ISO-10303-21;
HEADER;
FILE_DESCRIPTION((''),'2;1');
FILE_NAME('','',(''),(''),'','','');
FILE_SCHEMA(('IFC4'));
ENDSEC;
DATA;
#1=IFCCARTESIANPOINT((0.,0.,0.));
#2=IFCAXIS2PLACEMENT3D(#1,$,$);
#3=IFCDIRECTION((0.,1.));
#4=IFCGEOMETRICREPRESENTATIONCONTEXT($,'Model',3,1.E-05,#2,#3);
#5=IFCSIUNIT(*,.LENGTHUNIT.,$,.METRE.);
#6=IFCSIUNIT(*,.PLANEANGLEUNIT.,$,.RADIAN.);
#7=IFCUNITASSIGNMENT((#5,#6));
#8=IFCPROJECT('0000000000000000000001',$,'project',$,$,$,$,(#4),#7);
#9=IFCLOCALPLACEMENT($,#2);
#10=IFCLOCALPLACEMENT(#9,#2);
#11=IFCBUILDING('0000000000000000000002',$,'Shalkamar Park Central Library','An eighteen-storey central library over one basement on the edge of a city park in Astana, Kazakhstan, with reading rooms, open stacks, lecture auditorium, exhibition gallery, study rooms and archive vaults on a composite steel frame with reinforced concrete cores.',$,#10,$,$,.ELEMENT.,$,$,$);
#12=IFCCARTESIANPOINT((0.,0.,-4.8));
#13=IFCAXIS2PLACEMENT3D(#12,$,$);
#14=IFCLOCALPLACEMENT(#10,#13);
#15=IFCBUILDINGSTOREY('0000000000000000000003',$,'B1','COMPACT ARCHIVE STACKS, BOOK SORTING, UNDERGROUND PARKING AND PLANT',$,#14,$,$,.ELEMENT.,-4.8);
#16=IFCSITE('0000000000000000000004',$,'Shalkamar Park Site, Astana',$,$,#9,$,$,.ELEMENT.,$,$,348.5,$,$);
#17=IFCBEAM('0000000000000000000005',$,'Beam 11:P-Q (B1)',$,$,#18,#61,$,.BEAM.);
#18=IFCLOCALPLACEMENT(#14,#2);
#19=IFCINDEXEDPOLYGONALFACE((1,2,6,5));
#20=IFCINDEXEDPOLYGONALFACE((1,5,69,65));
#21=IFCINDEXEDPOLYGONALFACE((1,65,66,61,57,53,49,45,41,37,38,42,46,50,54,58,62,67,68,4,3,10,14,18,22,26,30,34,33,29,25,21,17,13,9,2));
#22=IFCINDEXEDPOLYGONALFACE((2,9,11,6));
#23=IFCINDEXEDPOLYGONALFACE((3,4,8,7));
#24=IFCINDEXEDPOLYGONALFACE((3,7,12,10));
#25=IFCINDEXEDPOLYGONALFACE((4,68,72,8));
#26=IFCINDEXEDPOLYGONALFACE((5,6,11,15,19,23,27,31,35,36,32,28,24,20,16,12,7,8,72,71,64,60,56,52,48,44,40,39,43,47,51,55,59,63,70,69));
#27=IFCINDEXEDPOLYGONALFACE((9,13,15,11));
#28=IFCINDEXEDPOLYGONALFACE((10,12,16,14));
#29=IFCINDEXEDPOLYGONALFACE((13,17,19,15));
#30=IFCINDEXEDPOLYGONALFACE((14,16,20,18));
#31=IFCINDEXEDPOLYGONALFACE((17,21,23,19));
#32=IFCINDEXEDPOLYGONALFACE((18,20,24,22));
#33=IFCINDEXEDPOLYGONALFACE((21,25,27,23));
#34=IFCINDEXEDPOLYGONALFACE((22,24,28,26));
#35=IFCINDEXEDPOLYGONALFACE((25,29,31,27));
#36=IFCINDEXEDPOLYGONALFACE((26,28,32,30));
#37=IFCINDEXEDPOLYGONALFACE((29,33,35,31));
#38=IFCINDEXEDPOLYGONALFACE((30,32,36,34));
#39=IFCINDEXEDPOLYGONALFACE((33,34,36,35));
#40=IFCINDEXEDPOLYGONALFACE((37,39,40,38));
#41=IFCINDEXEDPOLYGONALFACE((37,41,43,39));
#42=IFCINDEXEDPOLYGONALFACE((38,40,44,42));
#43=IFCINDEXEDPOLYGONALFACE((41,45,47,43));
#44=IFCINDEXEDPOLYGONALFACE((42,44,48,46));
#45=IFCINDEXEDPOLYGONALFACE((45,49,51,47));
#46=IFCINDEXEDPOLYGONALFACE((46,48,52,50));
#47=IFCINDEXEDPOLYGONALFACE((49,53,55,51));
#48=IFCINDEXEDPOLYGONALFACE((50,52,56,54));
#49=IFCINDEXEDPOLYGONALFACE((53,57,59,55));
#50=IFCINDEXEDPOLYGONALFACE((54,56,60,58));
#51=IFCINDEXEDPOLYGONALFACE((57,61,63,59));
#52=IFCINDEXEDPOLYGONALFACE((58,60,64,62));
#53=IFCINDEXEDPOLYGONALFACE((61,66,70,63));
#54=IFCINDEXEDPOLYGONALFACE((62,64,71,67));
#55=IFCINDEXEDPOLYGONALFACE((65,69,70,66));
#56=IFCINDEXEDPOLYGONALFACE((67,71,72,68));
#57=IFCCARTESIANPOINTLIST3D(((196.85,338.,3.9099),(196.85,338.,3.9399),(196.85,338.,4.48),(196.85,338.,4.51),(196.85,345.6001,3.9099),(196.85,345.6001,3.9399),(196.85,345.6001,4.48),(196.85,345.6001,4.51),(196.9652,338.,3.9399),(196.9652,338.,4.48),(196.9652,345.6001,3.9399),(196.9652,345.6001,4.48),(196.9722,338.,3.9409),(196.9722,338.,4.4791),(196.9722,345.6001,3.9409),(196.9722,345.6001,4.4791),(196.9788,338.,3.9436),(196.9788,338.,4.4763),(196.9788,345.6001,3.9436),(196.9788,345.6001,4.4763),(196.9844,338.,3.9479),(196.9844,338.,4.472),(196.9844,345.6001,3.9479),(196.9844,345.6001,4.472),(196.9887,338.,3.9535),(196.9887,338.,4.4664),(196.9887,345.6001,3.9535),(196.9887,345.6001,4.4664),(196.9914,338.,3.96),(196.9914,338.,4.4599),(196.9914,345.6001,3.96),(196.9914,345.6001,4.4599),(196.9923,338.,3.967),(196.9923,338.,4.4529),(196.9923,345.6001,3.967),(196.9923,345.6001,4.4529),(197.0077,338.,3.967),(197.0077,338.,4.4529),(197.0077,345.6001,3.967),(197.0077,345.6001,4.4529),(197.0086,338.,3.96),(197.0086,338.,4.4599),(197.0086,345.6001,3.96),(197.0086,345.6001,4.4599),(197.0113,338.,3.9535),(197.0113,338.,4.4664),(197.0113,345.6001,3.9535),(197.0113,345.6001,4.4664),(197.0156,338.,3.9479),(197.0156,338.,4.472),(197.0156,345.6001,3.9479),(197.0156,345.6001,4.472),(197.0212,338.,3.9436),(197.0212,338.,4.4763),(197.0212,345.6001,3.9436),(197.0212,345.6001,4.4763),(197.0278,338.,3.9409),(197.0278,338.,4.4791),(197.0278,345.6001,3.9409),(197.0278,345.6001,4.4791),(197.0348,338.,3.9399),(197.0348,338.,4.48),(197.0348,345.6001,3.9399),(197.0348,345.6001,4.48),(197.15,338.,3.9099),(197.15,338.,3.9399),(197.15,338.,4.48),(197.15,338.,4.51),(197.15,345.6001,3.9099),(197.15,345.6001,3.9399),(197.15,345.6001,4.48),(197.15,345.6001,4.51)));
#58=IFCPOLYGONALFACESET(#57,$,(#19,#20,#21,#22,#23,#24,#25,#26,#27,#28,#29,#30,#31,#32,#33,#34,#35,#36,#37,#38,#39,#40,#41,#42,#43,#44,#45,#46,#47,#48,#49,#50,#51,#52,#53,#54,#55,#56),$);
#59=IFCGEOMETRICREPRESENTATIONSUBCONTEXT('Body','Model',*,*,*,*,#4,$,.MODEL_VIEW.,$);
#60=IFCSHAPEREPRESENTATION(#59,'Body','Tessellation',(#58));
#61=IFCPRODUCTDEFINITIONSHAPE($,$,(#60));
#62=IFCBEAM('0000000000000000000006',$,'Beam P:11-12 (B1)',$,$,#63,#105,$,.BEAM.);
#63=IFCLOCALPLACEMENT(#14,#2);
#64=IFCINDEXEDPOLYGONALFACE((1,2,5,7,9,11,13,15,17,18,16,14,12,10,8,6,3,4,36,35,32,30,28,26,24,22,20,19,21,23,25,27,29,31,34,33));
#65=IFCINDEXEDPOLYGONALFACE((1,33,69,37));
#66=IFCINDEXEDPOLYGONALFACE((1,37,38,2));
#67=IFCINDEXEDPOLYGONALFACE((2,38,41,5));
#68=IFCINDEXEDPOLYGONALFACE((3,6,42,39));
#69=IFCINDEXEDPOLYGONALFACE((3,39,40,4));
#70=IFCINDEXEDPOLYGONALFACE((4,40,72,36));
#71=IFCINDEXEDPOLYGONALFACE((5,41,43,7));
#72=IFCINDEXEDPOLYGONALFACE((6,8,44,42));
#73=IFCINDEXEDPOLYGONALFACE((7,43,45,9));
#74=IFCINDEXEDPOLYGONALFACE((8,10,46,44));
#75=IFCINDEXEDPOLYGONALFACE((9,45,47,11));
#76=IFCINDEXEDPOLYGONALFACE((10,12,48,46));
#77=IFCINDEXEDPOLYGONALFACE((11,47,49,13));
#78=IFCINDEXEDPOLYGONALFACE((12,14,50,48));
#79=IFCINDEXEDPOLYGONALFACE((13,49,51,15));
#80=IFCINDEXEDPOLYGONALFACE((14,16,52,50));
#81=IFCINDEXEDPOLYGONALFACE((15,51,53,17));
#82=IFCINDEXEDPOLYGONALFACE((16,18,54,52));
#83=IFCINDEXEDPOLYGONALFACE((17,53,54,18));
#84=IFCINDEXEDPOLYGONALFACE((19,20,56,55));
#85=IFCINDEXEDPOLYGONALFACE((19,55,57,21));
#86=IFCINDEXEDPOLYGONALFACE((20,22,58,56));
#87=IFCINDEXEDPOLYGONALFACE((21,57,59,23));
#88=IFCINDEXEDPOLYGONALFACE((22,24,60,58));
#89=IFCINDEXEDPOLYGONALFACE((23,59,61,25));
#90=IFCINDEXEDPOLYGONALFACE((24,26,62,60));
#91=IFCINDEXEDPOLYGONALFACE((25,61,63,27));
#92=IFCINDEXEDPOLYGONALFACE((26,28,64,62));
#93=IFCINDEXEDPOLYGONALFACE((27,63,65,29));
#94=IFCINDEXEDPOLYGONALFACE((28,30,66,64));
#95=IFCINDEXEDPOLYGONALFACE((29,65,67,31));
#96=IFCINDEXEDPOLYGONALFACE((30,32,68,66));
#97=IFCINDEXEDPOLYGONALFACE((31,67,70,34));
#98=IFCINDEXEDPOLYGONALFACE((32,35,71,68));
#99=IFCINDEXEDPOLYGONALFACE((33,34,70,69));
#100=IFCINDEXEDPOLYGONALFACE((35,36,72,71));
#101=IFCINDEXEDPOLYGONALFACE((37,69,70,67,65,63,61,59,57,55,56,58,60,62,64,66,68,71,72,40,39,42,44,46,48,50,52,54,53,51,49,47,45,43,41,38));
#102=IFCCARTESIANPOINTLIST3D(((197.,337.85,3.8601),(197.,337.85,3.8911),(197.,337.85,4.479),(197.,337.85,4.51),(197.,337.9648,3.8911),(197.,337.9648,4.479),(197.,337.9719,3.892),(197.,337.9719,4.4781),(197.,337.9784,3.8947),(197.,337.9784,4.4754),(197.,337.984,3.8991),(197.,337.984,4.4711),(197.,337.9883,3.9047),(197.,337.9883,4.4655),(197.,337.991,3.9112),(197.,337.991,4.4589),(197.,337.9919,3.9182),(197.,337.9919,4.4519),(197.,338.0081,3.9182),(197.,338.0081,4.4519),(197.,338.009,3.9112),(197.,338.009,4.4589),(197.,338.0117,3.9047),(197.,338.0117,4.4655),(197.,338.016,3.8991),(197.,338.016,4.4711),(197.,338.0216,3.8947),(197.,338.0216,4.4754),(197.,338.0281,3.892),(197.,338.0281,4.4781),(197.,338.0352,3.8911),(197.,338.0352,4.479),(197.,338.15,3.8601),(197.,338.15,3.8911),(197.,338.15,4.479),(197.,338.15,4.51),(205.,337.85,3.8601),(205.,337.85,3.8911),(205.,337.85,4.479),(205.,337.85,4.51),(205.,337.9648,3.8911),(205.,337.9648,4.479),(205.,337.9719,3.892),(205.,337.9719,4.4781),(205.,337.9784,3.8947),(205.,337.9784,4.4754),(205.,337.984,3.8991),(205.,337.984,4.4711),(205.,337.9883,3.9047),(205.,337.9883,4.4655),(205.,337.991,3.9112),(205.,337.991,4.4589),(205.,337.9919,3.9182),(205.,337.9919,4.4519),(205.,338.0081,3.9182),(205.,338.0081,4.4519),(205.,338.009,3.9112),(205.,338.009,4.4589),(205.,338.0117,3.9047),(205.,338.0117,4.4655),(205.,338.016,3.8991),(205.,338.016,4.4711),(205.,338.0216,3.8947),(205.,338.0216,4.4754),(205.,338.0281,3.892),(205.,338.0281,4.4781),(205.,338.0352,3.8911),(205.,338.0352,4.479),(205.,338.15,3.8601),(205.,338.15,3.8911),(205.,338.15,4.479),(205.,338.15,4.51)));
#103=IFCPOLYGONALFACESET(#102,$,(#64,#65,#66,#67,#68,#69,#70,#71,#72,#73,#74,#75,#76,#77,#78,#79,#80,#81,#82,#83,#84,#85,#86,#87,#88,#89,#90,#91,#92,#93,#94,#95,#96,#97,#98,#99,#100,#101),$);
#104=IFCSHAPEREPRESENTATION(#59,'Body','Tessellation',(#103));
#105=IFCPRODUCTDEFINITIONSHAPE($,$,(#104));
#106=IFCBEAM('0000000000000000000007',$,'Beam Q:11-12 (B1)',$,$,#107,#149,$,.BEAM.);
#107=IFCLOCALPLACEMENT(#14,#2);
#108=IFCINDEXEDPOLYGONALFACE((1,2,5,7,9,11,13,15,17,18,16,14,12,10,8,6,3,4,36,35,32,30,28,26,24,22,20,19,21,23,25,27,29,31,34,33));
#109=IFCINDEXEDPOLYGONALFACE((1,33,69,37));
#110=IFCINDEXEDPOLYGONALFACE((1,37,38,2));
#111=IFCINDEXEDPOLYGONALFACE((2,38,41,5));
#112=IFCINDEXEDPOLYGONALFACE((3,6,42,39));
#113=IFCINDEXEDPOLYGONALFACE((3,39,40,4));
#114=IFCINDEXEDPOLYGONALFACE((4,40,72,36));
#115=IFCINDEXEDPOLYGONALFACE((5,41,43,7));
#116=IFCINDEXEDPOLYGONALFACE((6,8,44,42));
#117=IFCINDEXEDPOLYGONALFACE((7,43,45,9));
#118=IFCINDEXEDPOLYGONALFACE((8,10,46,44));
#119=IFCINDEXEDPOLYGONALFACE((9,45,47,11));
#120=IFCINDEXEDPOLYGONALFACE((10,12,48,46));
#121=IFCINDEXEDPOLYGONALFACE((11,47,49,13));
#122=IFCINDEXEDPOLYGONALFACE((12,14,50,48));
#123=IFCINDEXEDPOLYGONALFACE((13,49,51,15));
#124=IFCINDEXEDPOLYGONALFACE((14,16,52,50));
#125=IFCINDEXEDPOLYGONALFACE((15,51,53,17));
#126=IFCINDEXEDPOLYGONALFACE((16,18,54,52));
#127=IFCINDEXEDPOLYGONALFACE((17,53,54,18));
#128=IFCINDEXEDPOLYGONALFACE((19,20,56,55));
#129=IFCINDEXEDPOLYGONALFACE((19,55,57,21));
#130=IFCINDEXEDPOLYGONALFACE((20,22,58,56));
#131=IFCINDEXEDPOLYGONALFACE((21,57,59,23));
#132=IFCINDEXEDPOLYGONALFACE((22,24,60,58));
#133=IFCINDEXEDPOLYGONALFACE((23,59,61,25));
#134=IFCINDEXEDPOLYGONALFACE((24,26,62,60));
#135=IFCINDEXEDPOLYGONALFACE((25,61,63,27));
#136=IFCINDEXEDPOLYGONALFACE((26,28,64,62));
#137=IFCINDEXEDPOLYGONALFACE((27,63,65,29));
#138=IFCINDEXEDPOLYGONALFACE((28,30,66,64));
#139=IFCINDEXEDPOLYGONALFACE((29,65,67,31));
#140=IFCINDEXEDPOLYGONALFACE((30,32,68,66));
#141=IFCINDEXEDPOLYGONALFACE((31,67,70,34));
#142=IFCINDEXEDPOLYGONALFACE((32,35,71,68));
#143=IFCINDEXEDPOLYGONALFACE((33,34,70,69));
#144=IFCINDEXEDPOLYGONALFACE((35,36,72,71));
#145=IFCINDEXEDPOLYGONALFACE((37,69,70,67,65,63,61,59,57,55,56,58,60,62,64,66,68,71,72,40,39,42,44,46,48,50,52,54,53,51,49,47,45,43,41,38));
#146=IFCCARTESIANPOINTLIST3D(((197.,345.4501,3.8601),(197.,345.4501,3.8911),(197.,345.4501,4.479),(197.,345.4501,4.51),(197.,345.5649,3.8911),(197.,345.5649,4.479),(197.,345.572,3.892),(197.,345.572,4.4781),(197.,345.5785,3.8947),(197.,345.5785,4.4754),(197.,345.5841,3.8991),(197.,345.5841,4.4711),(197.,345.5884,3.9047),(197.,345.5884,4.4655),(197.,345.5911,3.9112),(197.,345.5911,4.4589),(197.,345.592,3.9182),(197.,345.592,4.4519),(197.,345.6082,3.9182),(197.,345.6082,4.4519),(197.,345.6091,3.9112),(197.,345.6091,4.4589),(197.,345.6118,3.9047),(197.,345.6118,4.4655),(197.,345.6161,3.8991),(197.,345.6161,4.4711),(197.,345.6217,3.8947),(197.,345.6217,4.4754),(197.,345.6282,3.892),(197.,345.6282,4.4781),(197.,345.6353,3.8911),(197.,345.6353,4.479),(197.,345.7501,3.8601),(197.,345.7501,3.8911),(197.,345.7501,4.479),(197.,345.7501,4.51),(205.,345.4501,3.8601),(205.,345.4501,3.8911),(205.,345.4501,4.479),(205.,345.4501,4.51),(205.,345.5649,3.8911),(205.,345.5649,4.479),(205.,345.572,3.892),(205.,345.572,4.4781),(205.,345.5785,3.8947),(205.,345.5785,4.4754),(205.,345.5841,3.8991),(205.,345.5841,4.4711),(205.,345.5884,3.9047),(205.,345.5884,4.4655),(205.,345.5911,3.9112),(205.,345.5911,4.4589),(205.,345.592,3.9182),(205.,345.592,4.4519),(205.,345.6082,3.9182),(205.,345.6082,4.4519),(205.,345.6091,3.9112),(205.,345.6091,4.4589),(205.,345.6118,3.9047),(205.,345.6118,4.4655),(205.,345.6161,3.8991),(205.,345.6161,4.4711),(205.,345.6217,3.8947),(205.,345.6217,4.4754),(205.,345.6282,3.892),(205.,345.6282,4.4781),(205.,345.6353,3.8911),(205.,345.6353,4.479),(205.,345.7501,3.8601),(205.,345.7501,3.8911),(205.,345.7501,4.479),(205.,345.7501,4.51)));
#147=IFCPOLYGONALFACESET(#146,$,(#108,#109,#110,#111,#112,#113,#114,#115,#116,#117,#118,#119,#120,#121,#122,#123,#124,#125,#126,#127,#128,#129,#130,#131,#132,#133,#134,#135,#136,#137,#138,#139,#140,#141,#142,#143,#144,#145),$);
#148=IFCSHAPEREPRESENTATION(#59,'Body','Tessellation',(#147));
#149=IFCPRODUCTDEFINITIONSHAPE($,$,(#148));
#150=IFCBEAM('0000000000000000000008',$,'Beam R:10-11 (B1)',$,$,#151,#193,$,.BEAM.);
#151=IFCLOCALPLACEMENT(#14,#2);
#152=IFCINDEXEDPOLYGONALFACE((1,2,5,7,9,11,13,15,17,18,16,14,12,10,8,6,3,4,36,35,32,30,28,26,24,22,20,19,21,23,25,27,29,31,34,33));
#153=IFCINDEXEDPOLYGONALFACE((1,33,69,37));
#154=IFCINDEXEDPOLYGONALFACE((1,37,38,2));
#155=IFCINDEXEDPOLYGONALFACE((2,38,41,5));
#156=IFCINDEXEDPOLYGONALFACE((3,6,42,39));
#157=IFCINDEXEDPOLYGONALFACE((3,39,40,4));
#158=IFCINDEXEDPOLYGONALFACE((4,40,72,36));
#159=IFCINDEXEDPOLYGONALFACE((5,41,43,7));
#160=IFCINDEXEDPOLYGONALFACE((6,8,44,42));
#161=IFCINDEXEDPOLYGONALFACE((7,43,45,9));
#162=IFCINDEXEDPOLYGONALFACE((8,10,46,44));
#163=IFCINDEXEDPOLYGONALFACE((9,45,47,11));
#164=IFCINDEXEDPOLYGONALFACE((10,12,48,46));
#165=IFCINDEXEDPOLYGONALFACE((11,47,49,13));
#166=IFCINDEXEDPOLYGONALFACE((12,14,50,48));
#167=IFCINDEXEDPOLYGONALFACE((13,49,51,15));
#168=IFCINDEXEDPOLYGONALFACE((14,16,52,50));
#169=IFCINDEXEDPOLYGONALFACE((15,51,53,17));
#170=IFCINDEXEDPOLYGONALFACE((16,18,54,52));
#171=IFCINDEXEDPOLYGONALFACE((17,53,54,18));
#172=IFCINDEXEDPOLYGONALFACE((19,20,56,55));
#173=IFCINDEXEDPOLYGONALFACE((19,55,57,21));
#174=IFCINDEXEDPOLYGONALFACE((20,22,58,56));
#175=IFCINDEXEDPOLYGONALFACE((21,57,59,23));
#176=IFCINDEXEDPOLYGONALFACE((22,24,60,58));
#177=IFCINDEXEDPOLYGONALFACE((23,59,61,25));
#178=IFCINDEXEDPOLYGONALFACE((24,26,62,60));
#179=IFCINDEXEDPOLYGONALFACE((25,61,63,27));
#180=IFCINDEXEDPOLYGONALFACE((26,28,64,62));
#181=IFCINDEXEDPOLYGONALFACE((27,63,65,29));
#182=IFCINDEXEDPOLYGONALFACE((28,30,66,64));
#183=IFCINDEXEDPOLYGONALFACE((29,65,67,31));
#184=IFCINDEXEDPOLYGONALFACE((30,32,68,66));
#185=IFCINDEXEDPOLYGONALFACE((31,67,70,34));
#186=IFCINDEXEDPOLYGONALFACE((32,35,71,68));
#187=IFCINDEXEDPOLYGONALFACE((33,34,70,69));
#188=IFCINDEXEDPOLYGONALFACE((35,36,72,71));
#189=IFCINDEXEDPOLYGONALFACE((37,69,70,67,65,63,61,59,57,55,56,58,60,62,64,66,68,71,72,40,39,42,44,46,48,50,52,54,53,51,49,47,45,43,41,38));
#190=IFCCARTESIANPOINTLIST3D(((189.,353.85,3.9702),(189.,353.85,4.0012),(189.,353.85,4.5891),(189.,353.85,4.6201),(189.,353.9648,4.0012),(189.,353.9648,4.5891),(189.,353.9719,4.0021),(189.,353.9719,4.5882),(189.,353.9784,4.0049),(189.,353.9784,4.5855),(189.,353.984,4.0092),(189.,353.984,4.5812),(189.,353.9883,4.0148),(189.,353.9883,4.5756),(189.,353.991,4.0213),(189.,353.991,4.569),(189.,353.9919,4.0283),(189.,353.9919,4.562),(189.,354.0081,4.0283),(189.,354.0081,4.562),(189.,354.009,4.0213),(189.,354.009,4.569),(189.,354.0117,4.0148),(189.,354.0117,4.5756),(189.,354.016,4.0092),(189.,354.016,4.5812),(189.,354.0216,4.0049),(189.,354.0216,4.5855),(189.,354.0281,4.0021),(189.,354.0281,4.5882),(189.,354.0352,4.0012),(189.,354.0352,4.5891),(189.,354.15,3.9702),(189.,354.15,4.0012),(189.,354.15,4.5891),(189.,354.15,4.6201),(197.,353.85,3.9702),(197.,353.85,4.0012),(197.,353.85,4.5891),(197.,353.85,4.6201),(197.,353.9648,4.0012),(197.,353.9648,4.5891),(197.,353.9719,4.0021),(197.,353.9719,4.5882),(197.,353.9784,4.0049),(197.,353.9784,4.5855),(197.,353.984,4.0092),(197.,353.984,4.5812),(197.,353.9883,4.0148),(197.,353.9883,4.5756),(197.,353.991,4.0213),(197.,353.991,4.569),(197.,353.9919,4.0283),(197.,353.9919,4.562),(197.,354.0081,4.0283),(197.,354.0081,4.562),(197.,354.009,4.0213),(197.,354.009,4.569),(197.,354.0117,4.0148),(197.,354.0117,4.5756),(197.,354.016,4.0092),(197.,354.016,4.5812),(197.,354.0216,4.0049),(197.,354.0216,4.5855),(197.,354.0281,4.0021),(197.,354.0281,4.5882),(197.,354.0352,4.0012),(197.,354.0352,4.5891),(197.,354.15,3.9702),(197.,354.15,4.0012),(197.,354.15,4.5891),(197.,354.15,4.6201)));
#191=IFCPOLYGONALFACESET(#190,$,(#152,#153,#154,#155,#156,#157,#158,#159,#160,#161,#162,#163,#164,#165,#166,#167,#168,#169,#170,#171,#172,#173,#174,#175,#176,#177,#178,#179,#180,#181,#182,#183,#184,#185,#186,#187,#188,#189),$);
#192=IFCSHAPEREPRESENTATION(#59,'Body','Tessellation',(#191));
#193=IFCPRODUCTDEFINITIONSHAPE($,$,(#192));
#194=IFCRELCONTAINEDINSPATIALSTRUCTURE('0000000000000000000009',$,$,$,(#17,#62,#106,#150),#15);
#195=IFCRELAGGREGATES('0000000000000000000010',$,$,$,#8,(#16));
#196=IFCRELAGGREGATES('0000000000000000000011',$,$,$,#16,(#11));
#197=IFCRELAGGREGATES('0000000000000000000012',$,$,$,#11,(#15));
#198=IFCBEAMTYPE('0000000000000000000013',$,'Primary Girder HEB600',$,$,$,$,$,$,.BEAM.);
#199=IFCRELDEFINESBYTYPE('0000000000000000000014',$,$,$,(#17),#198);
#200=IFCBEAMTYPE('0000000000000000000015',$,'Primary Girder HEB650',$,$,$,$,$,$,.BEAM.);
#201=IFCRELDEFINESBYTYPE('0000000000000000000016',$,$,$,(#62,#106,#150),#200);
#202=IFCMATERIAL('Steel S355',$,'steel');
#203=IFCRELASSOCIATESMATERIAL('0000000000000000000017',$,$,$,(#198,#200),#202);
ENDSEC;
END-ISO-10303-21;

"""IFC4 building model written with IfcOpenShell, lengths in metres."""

from ifc_helpers import new_model, si_unit, direction, frame, origin, origin_2d, place, context, subcontext, project, spatial, i_section, extrude, material, material_profile, profile_set, type_object, element, save


model = new_model("IFC4")

# Units and contexts
model_context = context("Model", 3, precision=1e-05, world=origin(), true_north=direction((0.0, 1.0)))
body_context = subcontext(model_context, "Body", "Model", "MODEL_VIEW")
ifc_project = project(units=[si_unit("LENGTHUNIT", "METRE"), si_unit("PLANEANGLEUNIT", "RADIAN")], contexts=[model_context])

# Site, building, storey
site_placement = place(None, origin())
site = spatial("IfcSite", under=ifc_project, at=site_placement, Name="Shalkamar Park Site, Astana", CompositionType="ELEMENT", RefElevation=348.5)
building_placement = place(site_placement, origin())
building = spatial("IfcBuilding", under=site, at=building_placement, Name="Shalkamar Park Central Library", Description="An eighteen-storey central library over one basement on the edge of a city park in Astana, Kazakhstan, with reading rooms, open stacks, lecture auditorium, exhibition gallery, study rooms and archive vaults on a composite steel frame with reinforced concrete cores.", CompositionType="ELEMENT")
storey_placement = place(building_placement, frame((0.0, 0.0, -4.8)))
storey = spatial("IfcBuildingStorey", under=building, at=storey_placement, Name="B1", Description="COMPACT ARCHIVE STACKS, BOOK SORTING, UNDERGROUND PARKING AND PLANT", CompositionType="ELEMENT", Elevation=-4.8)

# Beams
ifc_material_1 = material(Name="Steel S355", Category="steel")
ifc_material_profile_1 = material_profile(ifc_material_1, i_section(OverallWidth=0.3, OverallDepth=0.6001, WebThickness=0.0154, FlangeThickness=0.03, FilletRadius=0.0271, at=origin_2d()), Name="HEB 600")
ifc_profile_set_1 = profile_set([ifc_material_profile_1], Name="Steel S355")
beam_type_1 = type_object("IfcBeamType", Name="Primary Girder HEB600", PredefinedType="BEAM", material=ifc_profile_set_1)
beam_1_placement = place(storey_placement, frame((197.0, 338.0, 4.21), z_axis=(0.0, 1.0, 0.0), x_axis=(-1.0, 0.0, 0.0)))
element("IfcBeam", 1, at=beam_1_placement, inside=storey, type_object=beam_type_1, Name="Beam 11:P-Q (B1)", PredefinedType="BEAM", context=body_context, shape_type="SweptSolid", body=[
    extrude(i_section(OverallWidth=0.3, OverallDepth=0.6001, WebThickness=0.0154, FlangeThickness=0.03, FilletRadius=0.0271, at=origin_2d()), origin(), (0.0, 0.0, 1.0), 7.6001),
])
ifc_material_profile_2 = material_profile(ifc_material_1, i_section(OverallWidth=0.3, OverallDepth=0.6499, WebThickness=0.0161, FlangeThickness=0.031, FilletRadius=0.0271, at=origin_2d()), Name="HEB 650")
ifc_profile_set_2 = profile_set([ifc_material_profile_2], Name="Steel S355")
beam_type_2 = type_object("IfcBeamType", Name="Primary Girder HEB650", PredefinedType="BEAM", material=ifc_profile_set_2)
for number, where, z_axis, x_axis, name in (
    (2, (197.0, 338.0, 4.1851), (1.0, 0.0, 0.0), (0.0, 1.0, 0.0), "Beam P:11-12 (B1)"),
    (3, (197.0, 345.6001, 4.1851), (1.0, 0.0, 0.0), (0.0, 1.0, 0.0), "Beam Q:11-12 (B1)"),
    (4, (189.0, 354.0, 4.2952), (1.0, 0.0, 0.0), (0.0, 1.0, 0.0), "Beam R:10-11 (B1)"),
):
    element("IfcBeam", number, at=place(storey_placement, frame(where, z_axis=z_axis, x_axis=x_axis)), inside=storey, type_object=beam_type_2, Name=name, PredefinedType="BEAM", context=body_context, shape_type="SweptSolid", body=[
        extrude(i_section(OverallWidth=0.3, OverallDepth=0.6499, WebThickness=0.0161, FlangeThickness=0.031, FilletRadius=0.0271, at=origin_2d()), origin(), (0.0, 0.0, 1.0), 8.0),
    ])

save(model, "model.ifc")
